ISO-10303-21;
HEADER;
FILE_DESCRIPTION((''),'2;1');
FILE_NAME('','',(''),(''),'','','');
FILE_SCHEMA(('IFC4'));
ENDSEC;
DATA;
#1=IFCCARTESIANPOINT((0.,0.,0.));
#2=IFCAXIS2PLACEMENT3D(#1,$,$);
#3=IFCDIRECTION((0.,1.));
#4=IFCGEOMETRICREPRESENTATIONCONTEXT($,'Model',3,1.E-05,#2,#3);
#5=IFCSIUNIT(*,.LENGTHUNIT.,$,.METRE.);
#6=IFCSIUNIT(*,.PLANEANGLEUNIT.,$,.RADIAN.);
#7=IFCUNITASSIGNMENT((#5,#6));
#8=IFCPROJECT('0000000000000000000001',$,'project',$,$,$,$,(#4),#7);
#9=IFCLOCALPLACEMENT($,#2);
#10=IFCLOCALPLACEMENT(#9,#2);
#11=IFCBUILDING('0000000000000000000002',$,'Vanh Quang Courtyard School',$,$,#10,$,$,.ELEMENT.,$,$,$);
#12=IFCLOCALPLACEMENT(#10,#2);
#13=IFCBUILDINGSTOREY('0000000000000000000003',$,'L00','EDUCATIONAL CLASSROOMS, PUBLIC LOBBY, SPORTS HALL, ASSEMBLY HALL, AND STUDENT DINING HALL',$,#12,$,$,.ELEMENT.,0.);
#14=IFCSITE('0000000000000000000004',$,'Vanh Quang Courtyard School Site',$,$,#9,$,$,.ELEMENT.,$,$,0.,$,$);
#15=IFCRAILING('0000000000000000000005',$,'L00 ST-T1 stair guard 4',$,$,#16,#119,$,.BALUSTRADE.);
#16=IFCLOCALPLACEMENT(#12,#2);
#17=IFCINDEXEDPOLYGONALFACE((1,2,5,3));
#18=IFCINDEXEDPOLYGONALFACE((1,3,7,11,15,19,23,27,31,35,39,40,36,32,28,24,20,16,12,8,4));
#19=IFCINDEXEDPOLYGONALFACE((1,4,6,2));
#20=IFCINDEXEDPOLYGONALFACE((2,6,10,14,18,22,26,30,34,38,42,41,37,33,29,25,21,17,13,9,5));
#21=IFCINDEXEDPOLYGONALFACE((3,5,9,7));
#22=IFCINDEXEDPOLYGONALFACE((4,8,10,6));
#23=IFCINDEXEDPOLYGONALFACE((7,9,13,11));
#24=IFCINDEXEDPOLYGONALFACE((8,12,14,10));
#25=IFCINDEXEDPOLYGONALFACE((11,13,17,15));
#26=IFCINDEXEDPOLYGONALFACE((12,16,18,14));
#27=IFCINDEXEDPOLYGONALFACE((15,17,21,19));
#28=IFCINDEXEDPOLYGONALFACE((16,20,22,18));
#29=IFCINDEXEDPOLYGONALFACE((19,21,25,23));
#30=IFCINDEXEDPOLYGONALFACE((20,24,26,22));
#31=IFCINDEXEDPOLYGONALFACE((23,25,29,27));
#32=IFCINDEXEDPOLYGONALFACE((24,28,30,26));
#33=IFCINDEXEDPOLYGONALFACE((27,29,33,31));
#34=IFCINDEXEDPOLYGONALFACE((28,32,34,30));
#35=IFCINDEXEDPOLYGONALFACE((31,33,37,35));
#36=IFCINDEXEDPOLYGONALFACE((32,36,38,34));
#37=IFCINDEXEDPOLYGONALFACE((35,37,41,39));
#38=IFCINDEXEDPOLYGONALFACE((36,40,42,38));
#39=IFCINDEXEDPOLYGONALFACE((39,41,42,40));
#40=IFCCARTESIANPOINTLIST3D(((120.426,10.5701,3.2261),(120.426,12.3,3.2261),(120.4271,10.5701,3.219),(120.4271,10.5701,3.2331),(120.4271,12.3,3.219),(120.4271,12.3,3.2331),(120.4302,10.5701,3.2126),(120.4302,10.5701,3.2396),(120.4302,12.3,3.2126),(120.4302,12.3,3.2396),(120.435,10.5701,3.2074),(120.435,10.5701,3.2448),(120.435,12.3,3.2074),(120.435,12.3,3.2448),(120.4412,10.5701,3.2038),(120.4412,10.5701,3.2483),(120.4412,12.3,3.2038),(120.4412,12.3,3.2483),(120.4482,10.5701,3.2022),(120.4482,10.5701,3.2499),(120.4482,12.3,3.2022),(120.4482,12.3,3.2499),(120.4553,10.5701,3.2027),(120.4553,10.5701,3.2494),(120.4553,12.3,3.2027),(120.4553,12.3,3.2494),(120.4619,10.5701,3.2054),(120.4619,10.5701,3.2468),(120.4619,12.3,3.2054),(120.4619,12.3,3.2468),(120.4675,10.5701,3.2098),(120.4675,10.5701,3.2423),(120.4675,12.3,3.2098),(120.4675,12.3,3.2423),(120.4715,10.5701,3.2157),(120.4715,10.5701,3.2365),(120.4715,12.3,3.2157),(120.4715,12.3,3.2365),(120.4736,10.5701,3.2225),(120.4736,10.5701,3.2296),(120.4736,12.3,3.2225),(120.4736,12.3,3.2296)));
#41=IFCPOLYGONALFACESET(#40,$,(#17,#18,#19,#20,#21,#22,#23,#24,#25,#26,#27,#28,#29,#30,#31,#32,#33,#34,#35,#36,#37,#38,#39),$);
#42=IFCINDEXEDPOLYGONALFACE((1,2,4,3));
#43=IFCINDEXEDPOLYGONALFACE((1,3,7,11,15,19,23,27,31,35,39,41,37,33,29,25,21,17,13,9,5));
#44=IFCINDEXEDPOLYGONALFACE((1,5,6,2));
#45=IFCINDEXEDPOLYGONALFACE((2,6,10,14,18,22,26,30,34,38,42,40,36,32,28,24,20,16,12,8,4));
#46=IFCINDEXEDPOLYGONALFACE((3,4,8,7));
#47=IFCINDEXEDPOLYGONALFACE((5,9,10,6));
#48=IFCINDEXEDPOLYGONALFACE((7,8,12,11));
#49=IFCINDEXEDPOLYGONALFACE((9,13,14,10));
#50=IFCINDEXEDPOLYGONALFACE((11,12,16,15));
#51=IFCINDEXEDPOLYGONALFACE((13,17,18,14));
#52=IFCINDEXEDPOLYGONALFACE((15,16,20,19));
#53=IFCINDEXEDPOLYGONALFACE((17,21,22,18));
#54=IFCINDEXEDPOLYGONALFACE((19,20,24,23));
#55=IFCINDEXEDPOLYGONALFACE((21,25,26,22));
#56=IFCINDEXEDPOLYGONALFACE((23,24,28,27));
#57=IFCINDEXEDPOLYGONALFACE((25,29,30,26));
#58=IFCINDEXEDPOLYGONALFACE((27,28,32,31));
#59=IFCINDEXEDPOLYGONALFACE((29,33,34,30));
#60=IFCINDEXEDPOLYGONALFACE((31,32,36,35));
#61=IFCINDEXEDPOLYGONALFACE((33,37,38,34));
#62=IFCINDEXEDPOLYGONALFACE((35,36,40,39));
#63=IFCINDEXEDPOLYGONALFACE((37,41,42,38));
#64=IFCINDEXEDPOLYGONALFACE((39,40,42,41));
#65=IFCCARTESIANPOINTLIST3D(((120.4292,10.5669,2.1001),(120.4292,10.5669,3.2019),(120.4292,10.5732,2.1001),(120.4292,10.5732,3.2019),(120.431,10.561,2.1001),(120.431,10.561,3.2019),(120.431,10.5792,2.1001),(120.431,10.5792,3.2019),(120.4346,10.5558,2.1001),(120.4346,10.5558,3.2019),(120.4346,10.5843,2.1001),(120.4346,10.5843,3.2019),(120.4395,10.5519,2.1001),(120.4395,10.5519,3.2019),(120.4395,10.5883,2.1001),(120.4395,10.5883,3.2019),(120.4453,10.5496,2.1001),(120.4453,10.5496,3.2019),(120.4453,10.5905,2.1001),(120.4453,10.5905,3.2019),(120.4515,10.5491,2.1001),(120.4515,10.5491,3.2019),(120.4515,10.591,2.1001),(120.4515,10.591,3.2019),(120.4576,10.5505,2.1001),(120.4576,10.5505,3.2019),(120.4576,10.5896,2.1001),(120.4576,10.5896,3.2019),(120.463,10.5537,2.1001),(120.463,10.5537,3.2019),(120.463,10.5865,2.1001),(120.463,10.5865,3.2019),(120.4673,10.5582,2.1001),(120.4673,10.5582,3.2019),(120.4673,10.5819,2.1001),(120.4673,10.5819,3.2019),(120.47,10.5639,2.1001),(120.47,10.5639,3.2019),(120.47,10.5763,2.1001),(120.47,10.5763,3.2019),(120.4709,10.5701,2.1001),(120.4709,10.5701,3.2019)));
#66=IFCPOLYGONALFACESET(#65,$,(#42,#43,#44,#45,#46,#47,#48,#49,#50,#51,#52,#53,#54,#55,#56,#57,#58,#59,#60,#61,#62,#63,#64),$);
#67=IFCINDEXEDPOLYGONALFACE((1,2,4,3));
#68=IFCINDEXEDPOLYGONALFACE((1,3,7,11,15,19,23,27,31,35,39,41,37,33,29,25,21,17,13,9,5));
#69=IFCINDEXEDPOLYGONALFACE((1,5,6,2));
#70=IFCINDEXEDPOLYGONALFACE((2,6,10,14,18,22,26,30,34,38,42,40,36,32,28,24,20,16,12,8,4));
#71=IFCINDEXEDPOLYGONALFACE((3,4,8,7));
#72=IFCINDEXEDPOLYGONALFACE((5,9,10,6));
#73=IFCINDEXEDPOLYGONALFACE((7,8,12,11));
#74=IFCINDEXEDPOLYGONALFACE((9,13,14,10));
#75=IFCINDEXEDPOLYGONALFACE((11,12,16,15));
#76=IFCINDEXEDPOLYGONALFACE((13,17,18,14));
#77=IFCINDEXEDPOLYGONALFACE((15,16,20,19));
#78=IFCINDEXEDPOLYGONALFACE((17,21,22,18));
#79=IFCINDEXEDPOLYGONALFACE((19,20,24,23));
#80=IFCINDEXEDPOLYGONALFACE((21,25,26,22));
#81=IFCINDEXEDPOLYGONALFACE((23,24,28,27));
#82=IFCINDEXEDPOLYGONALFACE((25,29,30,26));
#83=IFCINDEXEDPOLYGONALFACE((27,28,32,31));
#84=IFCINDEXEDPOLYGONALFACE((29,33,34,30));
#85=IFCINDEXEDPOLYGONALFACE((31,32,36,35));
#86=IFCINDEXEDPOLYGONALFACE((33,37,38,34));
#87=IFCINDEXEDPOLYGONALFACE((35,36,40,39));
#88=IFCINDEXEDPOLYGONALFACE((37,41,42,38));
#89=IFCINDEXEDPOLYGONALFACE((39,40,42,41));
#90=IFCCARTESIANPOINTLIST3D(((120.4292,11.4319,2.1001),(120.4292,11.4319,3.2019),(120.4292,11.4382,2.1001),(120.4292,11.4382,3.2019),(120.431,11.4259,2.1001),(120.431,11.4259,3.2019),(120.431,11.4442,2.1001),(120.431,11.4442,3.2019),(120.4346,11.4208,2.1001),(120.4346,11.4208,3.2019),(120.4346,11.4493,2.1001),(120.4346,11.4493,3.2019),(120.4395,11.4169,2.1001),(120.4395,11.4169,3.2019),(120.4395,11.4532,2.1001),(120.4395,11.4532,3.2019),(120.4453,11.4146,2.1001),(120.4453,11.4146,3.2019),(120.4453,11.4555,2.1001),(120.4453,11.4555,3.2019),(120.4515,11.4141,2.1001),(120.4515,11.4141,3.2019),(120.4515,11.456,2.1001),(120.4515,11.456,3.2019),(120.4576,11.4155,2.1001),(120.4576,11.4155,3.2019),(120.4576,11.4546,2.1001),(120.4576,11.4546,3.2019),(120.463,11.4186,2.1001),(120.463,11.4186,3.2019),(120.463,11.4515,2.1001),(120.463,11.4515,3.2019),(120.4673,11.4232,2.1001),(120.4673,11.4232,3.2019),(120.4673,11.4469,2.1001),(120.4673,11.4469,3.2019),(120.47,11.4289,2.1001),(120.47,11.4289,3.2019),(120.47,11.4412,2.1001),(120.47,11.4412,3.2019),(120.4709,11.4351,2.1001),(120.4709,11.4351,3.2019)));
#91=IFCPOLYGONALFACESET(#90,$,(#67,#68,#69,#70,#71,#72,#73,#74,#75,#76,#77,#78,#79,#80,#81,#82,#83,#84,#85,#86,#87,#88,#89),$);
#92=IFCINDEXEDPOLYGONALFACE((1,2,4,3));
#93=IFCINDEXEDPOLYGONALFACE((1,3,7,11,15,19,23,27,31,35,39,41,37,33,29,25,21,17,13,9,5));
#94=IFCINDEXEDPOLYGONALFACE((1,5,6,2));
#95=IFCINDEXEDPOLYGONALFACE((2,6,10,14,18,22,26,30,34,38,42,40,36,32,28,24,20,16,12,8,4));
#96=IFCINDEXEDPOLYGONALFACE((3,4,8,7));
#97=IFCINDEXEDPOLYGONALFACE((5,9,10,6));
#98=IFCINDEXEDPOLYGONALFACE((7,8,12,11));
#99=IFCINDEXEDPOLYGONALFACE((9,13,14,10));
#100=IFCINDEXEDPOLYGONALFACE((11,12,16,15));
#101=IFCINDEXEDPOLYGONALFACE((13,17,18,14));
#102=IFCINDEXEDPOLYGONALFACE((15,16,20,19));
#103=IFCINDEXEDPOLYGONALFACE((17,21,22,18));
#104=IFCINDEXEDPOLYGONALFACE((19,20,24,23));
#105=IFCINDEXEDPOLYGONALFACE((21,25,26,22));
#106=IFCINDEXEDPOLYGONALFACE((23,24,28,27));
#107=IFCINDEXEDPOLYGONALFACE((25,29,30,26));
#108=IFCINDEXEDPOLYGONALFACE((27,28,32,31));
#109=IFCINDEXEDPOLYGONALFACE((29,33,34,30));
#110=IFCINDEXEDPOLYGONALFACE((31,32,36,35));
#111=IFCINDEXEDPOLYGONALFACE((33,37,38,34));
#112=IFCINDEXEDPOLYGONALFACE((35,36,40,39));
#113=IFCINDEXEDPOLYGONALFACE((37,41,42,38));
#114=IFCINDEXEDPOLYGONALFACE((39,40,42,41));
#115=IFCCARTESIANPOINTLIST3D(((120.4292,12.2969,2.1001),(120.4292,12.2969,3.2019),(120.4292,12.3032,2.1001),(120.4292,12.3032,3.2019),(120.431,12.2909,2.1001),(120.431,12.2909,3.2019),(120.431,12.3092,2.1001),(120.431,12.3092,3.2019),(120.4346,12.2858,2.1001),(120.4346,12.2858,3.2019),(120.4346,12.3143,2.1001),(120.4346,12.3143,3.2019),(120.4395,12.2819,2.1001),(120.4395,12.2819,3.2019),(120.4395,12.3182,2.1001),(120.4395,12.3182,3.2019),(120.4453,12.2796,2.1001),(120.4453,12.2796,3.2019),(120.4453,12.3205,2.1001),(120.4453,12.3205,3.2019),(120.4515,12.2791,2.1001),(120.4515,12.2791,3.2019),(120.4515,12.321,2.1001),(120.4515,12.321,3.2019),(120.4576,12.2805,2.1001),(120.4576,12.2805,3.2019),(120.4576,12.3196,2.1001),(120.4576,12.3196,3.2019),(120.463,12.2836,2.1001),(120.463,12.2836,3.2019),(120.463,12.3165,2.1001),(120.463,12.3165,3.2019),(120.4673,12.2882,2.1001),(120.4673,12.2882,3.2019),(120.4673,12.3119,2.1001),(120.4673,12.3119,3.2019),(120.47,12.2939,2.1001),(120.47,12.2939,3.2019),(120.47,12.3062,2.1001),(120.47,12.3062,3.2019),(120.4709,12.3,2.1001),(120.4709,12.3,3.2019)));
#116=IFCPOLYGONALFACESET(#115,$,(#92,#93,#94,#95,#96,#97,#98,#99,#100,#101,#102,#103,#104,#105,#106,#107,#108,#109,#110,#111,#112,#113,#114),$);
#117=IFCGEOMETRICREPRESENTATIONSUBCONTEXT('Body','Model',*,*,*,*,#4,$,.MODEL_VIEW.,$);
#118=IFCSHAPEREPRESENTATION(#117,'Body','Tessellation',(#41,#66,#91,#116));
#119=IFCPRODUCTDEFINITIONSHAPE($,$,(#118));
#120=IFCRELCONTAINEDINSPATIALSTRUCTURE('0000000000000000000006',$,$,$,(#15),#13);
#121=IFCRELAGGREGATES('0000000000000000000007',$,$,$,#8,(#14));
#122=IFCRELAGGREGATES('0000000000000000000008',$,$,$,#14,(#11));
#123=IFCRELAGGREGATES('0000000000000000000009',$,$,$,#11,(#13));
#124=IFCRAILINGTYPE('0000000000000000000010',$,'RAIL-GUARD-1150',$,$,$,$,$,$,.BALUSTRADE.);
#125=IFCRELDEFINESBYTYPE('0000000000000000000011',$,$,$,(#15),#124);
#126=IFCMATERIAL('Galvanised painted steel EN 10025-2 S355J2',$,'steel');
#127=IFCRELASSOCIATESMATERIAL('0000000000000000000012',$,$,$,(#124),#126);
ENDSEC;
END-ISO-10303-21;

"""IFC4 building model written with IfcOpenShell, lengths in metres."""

from ifc_helpers import new_model, si_unit, direction, frame, origin, origin_2d, place, context, subcontext, project, spatial, circle, extrude, material, type_object, element, save


model = new_model("IFC4")

# Units and contexts
model_context = context("Model", 3, precision=1e-05, world=origin(), true_north=direction((0.0, 1.0)))
body_context = subcontext(model_context, "Body", "Model", "MODEL_VIEW")
ifc_project = project(units=[si_unit("LENGTHUNIT", "METRE"), si_unit("PLANEANGLEUNIT", "RADIAN")], contexts=[model_context])

# Site, building, storey
site_placement = place(None, origin())
site = spatial("IfcSite", under=ifc_project, at=site_placement, Name="Vanh Quang Courtyard School Site", CompositionType="ELEMENT", RefElevation=0.0)
building_placement = place(site_placement, origin())
building = spatial("IfcBuilding", under=site, at=building_placement, Name="Vanh Quang Courtyard School", CompositionType="ELEMENT")
storey_placement = place(building_placement, origin())
storey = spatial("IfcBuildingStorey", under=building, at=storey_placement, Name="L00", Description="EDUCATIONAL CLASSROOMS, PUBLIC LOBBY, SPORTS HALL, ASSEMBLY HALL, AND STUDENT DINING HALL", CompositionType="ELEMENT", Elevation=0.0)

# Railing
ifc_material_1 = material(Name="Galvanised painted steel EN 10025-2 S355J2", Category="steel")
railing_type_1 = type_object("IfcRailingType", Name="RAIL-GUARD-1150", PredefinedType="BALUSTRADE", material=ifc_material_1)
railing_1_placement = place(storey_placement, frame((120.45, 10.5701, 2.1001)))
element("IfcRailing", 1, at=railing_1_placement, inside=storey, type_object=railing_type_1, Name="L00 ST-T1 stair guard 4", PredefinedType="BALUSTRADE", context=body_context, shape_type="SweptSolid", body=[
    extrude(circle(Radius=0.0239, at=origin_2d()), frame((0.0, 0.0, 1.126), z_axis=(0.0, 1.0, 0.0), x_axis=(-1.0, 0.0, 0.0)), (0.0, 0.0, 1.0), 1.73),
    extrude(circle(Radius=0.021, at=origin_2d()), origin(), (0.0, 0.0, 1.0), 1.1018),
    extrude(circle(Radius=0.021, at=origin_2d()), frame((0.0, 0.865, 0.0)), (0.0, 0.0, 1.0), 1.1018),
    extrude(circle(Radius=0.021, at=origin_2d()), frame((0.0, 1.73, 0.0)), (0.0, 0.0, 1.0), 1.1018),
])

save(model, "model.ifc")
